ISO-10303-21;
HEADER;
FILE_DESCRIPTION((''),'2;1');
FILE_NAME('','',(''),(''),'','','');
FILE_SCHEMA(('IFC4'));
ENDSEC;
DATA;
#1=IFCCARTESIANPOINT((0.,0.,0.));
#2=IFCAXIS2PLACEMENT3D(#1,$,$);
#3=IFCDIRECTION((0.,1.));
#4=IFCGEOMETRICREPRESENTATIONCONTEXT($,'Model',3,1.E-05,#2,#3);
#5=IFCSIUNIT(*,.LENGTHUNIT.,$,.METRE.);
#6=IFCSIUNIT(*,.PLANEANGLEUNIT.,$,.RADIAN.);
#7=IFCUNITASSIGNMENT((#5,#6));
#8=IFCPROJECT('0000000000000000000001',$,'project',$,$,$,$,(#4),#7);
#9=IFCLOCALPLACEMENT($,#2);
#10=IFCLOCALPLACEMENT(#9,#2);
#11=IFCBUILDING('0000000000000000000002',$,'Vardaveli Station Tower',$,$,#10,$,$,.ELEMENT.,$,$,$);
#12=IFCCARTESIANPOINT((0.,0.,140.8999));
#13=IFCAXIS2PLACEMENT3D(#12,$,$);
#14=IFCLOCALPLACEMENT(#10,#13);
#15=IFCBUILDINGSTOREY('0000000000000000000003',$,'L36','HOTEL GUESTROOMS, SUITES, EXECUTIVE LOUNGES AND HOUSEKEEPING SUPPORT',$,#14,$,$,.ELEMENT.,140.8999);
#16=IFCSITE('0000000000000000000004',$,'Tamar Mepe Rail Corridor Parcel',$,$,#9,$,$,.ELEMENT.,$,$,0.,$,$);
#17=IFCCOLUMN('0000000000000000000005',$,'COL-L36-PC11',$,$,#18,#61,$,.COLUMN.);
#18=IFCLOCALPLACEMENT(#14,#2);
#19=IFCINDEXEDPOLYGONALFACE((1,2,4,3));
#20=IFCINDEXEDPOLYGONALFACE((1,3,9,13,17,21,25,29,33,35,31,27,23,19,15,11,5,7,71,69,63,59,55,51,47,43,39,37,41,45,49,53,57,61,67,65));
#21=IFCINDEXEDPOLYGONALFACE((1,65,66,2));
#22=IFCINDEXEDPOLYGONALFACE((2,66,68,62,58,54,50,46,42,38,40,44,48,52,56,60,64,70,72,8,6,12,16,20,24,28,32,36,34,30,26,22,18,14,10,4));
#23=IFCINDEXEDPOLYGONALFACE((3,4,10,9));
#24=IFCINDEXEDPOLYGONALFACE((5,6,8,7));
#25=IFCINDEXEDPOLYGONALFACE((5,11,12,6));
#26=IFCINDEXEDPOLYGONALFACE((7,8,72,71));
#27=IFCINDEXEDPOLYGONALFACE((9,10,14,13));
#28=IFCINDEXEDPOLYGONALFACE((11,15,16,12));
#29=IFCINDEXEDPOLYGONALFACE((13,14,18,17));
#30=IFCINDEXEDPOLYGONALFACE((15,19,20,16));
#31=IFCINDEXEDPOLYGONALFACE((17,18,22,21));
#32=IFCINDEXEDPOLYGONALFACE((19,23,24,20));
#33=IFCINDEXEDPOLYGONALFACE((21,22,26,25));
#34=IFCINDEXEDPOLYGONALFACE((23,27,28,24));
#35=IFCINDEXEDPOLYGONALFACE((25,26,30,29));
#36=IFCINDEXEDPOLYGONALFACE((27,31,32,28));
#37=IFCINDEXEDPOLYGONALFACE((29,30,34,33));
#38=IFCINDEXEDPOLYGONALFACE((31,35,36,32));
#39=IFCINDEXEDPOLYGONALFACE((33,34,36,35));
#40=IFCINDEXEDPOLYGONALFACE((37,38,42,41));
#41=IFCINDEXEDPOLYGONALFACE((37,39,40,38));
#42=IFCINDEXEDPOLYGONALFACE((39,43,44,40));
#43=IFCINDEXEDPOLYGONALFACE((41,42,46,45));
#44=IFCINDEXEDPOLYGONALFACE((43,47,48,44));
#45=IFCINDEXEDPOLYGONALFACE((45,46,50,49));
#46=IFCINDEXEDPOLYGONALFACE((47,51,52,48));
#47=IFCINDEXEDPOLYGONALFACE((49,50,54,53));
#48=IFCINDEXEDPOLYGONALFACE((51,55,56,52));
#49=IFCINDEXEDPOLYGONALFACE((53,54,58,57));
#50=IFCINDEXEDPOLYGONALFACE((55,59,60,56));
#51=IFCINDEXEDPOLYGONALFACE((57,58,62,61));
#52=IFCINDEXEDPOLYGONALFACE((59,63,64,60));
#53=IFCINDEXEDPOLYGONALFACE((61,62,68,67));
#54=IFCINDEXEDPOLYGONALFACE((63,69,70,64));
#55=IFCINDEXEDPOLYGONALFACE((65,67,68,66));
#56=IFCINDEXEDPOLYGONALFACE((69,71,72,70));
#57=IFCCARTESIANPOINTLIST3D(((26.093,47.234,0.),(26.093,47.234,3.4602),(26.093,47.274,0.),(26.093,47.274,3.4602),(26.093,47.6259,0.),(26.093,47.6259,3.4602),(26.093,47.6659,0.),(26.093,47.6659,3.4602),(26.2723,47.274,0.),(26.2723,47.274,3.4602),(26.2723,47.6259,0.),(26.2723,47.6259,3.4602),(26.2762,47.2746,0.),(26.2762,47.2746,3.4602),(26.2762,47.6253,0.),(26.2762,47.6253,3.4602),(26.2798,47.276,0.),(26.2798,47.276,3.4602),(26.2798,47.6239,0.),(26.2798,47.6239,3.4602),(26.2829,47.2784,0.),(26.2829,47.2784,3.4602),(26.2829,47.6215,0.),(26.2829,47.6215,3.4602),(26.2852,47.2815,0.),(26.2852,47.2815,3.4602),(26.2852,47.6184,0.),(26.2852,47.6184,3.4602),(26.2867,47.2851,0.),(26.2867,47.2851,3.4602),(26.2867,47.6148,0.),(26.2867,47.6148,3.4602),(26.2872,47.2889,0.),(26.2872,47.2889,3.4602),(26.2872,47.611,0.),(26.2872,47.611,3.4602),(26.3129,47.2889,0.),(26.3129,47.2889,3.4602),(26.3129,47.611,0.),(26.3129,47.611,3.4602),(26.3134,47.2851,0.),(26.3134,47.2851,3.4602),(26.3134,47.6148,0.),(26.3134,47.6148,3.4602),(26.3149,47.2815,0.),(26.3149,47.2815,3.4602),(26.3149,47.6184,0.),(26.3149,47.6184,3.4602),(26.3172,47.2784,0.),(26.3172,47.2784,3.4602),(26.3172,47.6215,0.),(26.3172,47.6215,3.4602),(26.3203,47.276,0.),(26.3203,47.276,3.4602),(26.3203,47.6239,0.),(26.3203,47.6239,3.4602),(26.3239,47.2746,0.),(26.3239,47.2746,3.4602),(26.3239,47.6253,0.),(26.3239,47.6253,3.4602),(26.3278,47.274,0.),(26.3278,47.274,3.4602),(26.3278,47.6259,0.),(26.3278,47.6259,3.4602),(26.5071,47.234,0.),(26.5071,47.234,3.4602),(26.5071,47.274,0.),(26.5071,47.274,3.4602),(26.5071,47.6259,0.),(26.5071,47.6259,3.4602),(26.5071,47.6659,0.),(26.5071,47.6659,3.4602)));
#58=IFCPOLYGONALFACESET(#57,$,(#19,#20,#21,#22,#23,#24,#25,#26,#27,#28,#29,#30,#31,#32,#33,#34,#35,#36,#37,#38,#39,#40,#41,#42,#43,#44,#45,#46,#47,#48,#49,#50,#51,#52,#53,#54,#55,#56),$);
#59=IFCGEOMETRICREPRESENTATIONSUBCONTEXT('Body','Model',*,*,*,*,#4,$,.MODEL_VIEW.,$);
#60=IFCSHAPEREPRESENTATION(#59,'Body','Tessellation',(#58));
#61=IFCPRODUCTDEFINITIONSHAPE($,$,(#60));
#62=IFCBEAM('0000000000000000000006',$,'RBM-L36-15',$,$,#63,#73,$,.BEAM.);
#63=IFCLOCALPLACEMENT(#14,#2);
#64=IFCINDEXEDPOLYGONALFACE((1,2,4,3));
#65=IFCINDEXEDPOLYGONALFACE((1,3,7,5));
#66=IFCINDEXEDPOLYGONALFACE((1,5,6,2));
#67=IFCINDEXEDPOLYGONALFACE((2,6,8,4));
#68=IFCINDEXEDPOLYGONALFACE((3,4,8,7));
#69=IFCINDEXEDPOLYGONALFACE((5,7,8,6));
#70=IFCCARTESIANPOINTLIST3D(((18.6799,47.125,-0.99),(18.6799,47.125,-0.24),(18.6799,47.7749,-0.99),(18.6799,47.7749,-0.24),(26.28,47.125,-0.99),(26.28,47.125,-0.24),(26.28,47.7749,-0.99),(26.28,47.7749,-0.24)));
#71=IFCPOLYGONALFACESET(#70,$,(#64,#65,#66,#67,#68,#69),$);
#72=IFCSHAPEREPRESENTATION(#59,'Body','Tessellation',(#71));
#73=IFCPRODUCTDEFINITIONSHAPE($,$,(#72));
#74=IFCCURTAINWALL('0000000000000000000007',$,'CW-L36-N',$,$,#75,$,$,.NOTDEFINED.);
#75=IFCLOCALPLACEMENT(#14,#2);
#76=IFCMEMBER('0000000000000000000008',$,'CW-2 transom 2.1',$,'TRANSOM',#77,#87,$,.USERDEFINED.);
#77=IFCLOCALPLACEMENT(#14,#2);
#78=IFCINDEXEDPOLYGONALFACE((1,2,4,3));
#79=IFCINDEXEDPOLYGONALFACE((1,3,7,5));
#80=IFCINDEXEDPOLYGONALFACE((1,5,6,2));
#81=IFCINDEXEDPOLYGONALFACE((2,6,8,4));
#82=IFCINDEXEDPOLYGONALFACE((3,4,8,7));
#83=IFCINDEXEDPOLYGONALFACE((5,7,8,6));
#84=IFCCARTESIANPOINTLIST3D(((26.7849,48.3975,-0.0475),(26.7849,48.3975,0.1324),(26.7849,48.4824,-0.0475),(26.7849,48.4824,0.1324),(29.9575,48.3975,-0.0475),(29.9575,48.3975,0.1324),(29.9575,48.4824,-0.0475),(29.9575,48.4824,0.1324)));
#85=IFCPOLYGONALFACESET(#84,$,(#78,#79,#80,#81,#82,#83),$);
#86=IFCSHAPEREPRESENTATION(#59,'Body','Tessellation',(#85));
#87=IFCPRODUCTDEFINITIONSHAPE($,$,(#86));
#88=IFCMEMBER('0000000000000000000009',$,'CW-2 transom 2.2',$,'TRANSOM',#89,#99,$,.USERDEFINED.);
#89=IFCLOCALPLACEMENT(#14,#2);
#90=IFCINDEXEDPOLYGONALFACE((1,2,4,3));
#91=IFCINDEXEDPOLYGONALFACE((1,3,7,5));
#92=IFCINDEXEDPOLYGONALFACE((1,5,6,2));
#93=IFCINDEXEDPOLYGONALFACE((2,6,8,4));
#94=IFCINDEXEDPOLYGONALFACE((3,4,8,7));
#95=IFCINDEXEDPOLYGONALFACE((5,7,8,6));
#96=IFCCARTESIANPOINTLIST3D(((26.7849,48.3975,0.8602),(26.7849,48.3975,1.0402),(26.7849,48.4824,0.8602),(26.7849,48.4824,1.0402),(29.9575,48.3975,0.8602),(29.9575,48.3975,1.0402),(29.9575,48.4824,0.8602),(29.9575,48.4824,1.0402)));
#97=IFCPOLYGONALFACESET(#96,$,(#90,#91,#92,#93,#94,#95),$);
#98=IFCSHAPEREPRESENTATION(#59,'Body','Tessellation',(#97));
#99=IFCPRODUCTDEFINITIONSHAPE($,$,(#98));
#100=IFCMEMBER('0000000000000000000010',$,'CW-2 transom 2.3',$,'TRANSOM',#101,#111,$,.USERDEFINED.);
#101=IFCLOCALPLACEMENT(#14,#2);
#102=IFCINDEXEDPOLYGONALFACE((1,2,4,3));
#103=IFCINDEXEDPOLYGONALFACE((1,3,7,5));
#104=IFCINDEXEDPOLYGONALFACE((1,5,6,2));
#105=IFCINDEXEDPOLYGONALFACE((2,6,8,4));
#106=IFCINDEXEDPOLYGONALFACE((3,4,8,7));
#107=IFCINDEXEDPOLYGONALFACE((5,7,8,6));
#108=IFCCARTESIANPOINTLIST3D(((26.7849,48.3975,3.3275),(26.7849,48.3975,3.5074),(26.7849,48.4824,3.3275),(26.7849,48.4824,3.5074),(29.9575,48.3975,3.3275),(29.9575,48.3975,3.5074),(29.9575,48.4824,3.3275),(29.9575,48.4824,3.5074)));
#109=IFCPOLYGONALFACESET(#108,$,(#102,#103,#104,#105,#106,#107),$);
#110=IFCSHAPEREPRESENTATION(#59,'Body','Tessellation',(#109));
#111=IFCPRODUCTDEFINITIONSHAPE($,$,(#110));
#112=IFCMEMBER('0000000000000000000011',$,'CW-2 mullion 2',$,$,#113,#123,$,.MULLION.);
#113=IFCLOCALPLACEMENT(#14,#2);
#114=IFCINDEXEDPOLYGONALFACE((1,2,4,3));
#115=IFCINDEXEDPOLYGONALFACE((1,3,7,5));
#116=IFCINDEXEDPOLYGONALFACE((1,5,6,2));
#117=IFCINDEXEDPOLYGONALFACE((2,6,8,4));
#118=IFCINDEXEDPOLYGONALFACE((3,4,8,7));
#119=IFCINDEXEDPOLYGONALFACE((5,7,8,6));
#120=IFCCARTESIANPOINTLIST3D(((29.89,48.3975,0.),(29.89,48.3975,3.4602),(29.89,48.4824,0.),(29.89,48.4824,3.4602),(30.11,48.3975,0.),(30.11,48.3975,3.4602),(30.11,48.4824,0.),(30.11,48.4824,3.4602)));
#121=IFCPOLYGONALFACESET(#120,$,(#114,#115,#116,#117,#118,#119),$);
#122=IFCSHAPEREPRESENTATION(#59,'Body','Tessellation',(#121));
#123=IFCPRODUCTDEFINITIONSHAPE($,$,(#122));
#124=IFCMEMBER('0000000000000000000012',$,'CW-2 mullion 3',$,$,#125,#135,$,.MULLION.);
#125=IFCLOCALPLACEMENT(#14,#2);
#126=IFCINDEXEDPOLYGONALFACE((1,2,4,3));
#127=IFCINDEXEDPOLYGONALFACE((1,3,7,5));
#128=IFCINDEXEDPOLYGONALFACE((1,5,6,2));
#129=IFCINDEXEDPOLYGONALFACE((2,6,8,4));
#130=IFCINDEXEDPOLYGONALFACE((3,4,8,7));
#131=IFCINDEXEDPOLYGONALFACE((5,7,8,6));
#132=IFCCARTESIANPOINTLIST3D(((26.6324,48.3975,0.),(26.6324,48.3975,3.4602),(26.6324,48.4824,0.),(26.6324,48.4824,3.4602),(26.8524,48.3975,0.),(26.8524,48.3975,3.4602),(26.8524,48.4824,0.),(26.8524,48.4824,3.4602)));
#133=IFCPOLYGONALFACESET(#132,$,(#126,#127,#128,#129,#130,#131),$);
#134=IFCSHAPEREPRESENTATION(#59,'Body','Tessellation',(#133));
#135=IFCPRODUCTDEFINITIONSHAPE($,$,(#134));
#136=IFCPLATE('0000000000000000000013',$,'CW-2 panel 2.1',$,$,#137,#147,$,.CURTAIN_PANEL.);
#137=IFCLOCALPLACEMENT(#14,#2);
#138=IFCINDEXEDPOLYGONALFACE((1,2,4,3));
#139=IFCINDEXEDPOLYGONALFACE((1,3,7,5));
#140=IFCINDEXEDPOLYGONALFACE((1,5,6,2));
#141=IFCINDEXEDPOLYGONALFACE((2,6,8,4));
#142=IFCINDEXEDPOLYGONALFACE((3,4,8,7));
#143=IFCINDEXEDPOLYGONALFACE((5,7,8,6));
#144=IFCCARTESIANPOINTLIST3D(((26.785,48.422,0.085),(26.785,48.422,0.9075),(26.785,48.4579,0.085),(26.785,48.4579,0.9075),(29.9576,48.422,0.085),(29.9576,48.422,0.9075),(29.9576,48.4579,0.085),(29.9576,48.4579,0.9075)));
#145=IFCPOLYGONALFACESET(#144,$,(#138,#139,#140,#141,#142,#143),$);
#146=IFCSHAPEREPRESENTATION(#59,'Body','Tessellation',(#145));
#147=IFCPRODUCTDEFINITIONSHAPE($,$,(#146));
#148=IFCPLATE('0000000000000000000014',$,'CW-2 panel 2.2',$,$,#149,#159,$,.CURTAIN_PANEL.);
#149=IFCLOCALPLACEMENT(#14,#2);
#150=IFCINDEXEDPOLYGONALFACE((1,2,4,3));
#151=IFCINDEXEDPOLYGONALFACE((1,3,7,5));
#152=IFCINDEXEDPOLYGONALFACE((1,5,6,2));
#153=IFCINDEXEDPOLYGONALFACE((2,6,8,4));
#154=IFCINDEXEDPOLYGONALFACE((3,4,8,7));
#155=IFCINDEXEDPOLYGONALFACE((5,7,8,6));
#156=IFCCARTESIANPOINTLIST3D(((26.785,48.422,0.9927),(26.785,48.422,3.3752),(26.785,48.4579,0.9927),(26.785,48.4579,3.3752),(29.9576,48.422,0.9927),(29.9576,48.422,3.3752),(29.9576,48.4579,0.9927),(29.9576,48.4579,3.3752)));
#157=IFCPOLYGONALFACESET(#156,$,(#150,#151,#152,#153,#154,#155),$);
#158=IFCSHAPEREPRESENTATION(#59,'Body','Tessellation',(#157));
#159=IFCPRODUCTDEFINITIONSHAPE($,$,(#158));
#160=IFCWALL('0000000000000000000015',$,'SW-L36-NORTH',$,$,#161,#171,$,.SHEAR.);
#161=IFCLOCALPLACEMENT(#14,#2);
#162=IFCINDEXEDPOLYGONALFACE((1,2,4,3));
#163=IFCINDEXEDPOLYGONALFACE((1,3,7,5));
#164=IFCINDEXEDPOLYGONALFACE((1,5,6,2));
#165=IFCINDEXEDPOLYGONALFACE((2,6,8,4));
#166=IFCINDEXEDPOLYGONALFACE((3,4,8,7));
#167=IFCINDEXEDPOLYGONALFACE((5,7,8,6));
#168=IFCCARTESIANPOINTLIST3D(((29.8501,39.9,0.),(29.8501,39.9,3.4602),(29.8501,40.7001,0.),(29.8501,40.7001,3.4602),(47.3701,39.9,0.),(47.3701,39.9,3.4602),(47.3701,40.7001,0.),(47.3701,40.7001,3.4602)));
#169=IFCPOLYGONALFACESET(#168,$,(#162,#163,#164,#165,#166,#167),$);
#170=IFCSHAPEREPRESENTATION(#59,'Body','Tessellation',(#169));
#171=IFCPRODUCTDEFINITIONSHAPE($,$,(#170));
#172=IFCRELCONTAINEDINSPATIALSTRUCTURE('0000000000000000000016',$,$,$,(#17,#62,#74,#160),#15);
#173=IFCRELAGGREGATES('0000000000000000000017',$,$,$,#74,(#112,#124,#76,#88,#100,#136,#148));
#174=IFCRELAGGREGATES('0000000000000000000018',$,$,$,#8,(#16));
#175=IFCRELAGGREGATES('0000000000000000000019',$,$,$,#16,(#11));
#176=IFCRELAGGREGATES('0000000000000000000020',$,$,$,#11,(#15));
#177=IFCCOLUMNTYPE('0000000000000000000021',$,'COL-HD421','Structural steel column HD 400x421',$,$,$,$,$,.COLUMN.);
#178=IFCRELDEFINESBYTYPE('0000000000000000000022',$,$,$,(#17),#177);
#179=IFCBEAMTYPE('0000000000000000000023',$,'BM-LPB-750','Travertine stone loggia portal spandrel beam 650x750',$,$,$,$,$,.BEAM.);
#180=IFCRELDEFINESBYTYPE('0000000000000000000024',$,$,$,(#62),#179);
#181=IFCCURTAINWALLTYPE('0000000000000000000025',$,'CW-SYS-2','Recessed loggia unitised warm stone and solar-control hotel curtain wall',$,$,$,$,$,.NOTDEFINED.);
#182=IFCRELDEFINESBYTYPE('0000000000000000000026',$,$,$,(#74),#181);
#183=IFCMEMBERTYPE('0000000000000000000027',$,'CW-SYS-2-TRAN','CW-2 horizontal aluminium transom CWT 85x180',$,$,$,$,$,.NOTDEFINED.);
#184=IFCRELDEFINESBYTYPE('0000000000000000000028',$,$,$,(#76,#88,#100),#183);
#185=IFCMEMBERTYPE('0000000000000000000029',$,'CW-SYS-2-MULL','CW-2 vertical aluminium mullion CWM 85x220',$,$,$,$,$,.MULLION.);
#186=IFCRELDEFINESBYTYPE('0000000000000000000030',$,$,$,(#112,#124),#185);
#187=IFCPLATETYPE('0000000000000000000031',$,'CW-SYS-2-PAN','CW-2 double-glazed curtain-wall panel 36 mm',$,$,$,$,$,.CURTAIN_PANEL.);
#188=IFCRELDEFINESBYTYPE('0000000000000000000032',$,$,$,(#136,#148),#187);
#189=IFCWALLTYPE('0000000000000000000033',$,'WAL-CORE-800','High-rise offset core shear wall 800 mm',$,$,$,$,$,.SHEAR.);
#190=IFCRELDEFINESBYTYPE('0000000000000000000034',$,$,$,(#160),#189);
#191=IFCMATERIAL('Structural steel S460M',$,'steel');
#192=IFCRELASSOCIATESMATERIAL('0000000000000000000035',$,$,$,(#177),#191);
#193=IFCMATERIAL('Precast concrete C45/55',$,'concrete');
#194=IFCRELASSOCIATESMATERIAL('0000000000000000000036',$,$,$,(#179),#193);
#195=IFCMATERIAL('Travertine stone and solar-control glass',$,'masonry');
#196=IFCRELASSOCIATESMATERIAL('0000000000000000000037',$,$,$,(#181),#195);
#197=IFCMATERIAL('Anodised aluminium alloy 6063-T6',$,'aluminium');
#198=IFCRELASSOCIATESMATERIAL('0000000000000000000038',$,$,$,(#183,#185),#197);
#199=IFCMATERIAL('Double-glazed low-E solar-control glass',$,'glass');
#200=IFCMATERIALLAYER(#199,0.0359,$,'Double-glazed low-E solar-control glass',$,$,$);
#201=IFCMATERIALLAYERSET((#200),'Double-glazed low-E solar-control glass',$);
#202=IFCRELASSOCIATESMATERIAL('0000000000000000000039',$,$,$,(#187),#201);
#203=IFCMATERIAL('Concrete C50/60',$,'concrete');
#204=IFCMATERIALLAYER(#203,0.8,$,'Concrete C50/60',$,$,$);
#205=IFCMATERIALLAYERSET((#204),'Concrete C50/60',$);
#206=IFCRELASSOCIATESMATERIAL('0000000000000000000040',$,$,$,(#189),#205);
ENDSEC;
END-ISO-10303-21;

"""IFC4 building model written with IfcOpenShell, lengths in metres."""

from ifc_helpers import new_model, si_unit, direction, frame, frame_2d, origin, origin_2d, place, context, subcontext, project, spatial, rectangle, i_section, extrude, source, transform, mapped, material, layer, layer_set, material_profile, profile_set, type_object, element, aggregate, save


model = new_model("IFC4")

# Units and contexts
model_context = context("Model", 3, precision=1e-05, world=origin(), true_north=direction((0.0, 1.0)))
body_context = subcontext(model_context, "Body", "Model", "MODEL_VIEW")
ifc_project = project(units=[si_unit("LENGTHUNIT", "METRE"), si_unit("PLANEANGLEUNIT", "RADIAN")], contexts=[model_context])

# Site, building, storey
site_placement = place(None, origin())
site = spatial("IfcSite", under=ifc_project, at=site_placement, Name="Tamar Mepe Rail Corridor Parcel", CompositionType="ELEMENT", RefElevation=0.0)
building_placement = place(site_placement, origin())
building = spatial("IfcBuilding", under=site, at=building_placement, Name="Vardaveli Station Tower", CompositionType="ELEMENT")
storey_placement = place(building_placement, frame((0.0, 0.0, 140.8999)))
storey = spatial("IfcBuildingStorey", under=building, at=storey_placement, Name="L36", Description="HOTEL GUESTROOMS, SUITES, EXECUTIVE LOUNGES AND HOUSEKEEPING SUPPORT", CompositionType="ELEMENT", Elevation=140.8999)

# Column
ifc_material_1 = material(Name="Structural steel S460M", Category="steel")
ifc_material_profile_1 = material_profile(ifc_material_1, i_section(OverallWidth=0.4141, OverallDepth=0.4319, WebThickness=0.0256, FlangeThickness=0.04, FilletRadius=0.0149, at=origin_2d()), Name="HD 400x421")
ifc_profile_set_1 = profile_set([ifc_material_profile_1], Name="Structural steel S460M")
column_type = type_object("IfcColumnType", Name="COL-HD421", Description="Structural steel column HD 400x421", PredefinedType="COLUMN", material=ifc_profile_set_1)
shared_shape_1 = source(origin(), body_context, "Body", "SweptSolid", [
    extrude(i_section(OverallWidth=0.4141, OverallDepth=0.4319, WebThickness=0.0256, FlangeThickness=0.04, FilletRadius=0.0149, at=origin_2d()), origin(), (0.0, 0.0, 1.0), 3.4602),
])
column_placement = place(storey_placement, frame((26.3, 47.45, 0.0), z_axis=(0.0, 0.0, 1.0), x_axis=(1.0, 0.0, 0.0)))
element("IfcColumn", 1, at=column_placement, inside=storey, type_object=column_type, Name="COL-L36-PC11", PredefinedType="COLUMN", context=body_context, shape_type="MappedRepresentation", body=[
    mapped(shared_shape_1, transform((0.0, 0.0, 0.0), scale=1.0)),
])

# Beam
ifc_material_2 = material(Name="Precast concrete C45/55", Category="concrete")
ifc_material_profile_2 = material_profile(ifc_material_2, rectangle(XDim=0.6499, YDim=0.75, at=origin_2d()), Name="LPB 650x750")
ifc_profile_set_2 = profile_set([ifc_material_profile_2], Name="Precast concrete C45/55")
beam_type = type_object("IfcBeamType", Name="BM-LPB-750", Description="Travertine stone loggia portal spandrel beam 650x750", PredefinedType="BEAM", material=ifc_profile_set_2)
shared_shape_2 = source(origin(), body_context, "Body", "SweptSolid", [
    extrude(rectangle(XDim=0.6499, YDim=0.75, at=origin_2d()), origin(), (0.0, 0.0, 1.0), 7.6001),
])
beam_placement = place(storey_placement, frame((26.28, 47.45, -0.615), z_axis=(-1.0, 0.0, 0.0), x_axis=(0.0, -1.0, 0.0)))
element("IfcBeam", 2, at=beam_placement, inside=storey, type_object=beam_type, Name="RBM-L36-15", PredefinedType="BEAM", context=body_context, shape_type="MappedRepresentation", body=[
    mapped(shared_shape_2, transform((0.0, 0.0, 0.0), scale=1.0)),
])

# Curtain wall, members, plates
ifc_material_3 = material(Name="Travertine stone and solar-control glass", Category="masonry")
curtain_wall_type = type_object("IfcCurtainWallType", Name="CW-SYS-2", Description="Recessed loggia unitised warm stone and solar-control hotel curtain wall", PredefinedType="NOTDEFINED", material=ifc_material_3)
curtain_wall_placement = place(storey_placement, origin())
curtain_wall = element("IfcCurtainWall", 3, at=curtain_wall_placement, inside=storey, type_object=curtain_wall_type, Name="CW-L36-N", PredefinedType="NOTDEFINED")
ifc_material_4 = material(Name="Anodised aluminium alloy 6063-T6", Category="aluminium")
ifc_material_profile_3 = material_profile(ifc_material_4, rectangle(XDim=0.085, YDim=0.1799, at=origin_2d()), Name="CWT 85x180")
ifc_profile_set_3 = profile_set([ifc_material_profile_3], Name="Anodised aluminium alloy 6063-T6")
member_type_1 = type_object("IfcMemberType", Name="CW-SYS-2-TRAN", Description="CW-2 horizontal aluminium transom CWT 85x180", PredefinedType="NOTDEFINED", material=ifc_profile_set_3)
shared_shape_3 = source(origin(), body_context, "Body", "SweptSolid", [
    extrude(rectangle(XDim=0.085, YDim=0.1799, at=origin_2d()), origin(), (0.0, 0.0, 1.0), 3.1726),
])
member_1_placement = place(storey_placement, frame((29.9575, 48.4399, 0.0425), z_axis=(-1.0, 0.0, 0.0), x_axis=(0.0, -1.0, 0.0)))
member_1 = element("IfcMember", 4, at=member_1_placement, type_object=member_type_1, Name="CW-2 transom 2.1", ObjectType="TRANSOM", PredefinedType="USERDEFINED", context=body_context, shape_type="MappedRepresentation", body=[
    mapped(shared_shape_3, transform((0.0, 0.0, 0.0), scale=1.0)),
])
member_2_placement = place(storey_placement, frame((29.9575, 48.4399, 0.9502), z_axis=(-1.0, 0.0, 0.0), x_axis=(0.0, -1.0, 0.0)))
member_2 = element("IfcMember", 5, at=member_2_placement, type_object=member_type_1, Name="CW-2 transom 2.2", ObjectType="TRANSOM", PredefinedType="USERDEFINED", context=body_context, shape_type="MappedRepresentation", body=[
    mapped(shared_shape_3, transform((0.0, 0.0, 0.0), scale=1.0)),
])
member_3_placement = place(storey_placement, frame((29.9575, 48.4399, 3.4175), z_axis=(-1.0, 0.0, 0.0), x_axis=(0.0, -1.0, 0.0)))
member_3 = element("IfcMember", 6, at=member_3_placement, type_object=member_type_1, Name="CW-2 transom 2.3", ObjectType="TRANSOM", PredefinedType="USERDEFINED", context=body_context, shape_type="MappedRepresentation", body=[
    mapped(shared_shape_3, transform((0.0, 0.0, 0.0), scale=1.0)),
])
ifc_material_profile_4 = material_profile(ifc_material_4, rectangle(XDim=0.085, YDim=0.22, at=origin_2d()), Name="CWM 85x220")
ifc_profile_set_4 = profile_set([ifc_material_profile_4], Name="Anodised aluminium alloy 6063-T6")
member_type_2 = type_object("IfcMemberType", Name="CW-SYS-2-MULL", Description="CW-2 vertical aluminium mullion CWM 85x220", PredefinedType="MULLION", material=ifc_profile_set_4)
shared_shape_4 = source(origin(), body_context, "Body", "SweptSolid", [
    extrude(rectangle(XDim=0.085, YDim=0.22, at=origin_2d()), origin(), (0.0, 0.0, 1.0), 3.4602),
])
member_4_placement = place(storey_placement, frame((30.0, 48.4399, 0.0), z_axis=(0.0, 0.0, 1.0), x_axis=(0.0, -1.0, 0.0)))
member_4 = element("IfcMember", 7, at=member_4_placement, type_object=member_type_2, Name="CW-2 mullion 2", PredefinedType="MULLION", context=body_context, shape_type="MappedRepresentation", body=[
    mapped(shared_shape_4, transform((0.0, 0.0, 0.0), scale=1.0)),
])
member_5_placement = place(storey_placement, frame((26.7424, 48.4399, 0.0), z_axis=(0.0, 0.0, 1.0), x_axis=(0.0, -1.0, 0.0)))
member_5 = element("IfcMember", 8, at=member_5_placement, type_object=member_type_2, Name="CW-2 mullion 3", PredefinedType="MULLION", context=body_context, shape_type="MappedRepresentation", body=[
    mapped(shared_shape_4, transform((0.0, 0.0, 0.0), scale=1.0)),
])
ifc_material_5 = material(Name="Double-glazed low-E solar-control glass", Category="glass")
ifc_layer_1 = layer(ifc_material_5, 0.0359, Name="Double-glazed low-E solar-control glass")
ifc_layer_set_1 = layer_set([ifc_layer_1], Name="Double-glazed low-E solar-control glass")
plate_type = type_object("IfcPlateType", Name="CW-SYS-2-PAN", Description="CW-2 double-glazed curtain-wall panel 36 mm", PredefinedType="CURTAIN_PANEL", material=ifc_layer_set_1)
shared_shape_5 = source(origin(), body_context, "Body", "SweptSolid", [
    extrude(rectangle(XDim=3.1726, YDim=0.0359, at=origin_2d()), origin(), (0.0, 0.0, 1.0), 0.8225),
])
plate_1_placement = place(storey_placement, frame((28.3713, 48.4399, 0.085), z_axis=(0.0, 0.0, 1.0), x_axis=(-1.0, 0.0, 0.0)))
plate_1 = element("IfcPlate", 9, at=plate_1_placement, type_object=plate_type, Name="CW-2 panel 2.1", PredefinedType="CURTAIN_PANEL", context=body_context, shape_type="MappedRepresentation", body=[
    mapped(shared_shape_5, transform((0.0, 0.0, 0.0), scale=1.0)),
])
shared_shape_6 = source(origin(), body_context, "Body", "SweptSolid", [
    extrude(rectangle(XDim=3.1726, YDim=0.0359, at=origin_2d()), origin(), (0.0, 0.0, 1.0), 2.3826),
])
plate_2_placement = place(storey_placement, frame((28.3713, 48.4399, 0.9927), z_axis=(0.0, 0.0, 1.0), x_axis=(-1.0, 0.0, 0.0)))
plate_2 = element("IfcPlate", 10, at=plate_2_placement, type_object=plate_type, Name="CW-2 panel 2.2", PredefinedType="CURTAIN_PANEL", context=body_context, shape_type="MappedRepresentation", body=[
    mapped(shared_shape_6, transform((0.0, 0.0, 0.0), scale=1.0)),
])
aggregate(curtain_wall, [member_4, member_5, member_1, member_2, member_3, plate_1, plate_2])

# Wall
ifc_material_6 = material(Name="Concrete C50/60", Category="concrete")
ifc_layer_2 = layer(ifc_material_6, 0.8, Name="Concrete C50/60")
ifc_layer_set_2 = layer_set([ifc_layer_2], Name="Concrete C50/60")
wall_type_1 = type_object("IfcWallType", Name="WAL-CORE-800", Description="High-rise offset core shear wall 800 mm", PredefinedType="SHEAR", material=ifc_layer_set_2)
shared_shape_7 = source(origin(), body_context, "Body", "SweptSolid", [
    extrude(rectangle(XDim=17.52, YDim=0.8, at=frame_2d((8.76, 0.0))), origin(), (0.0, 0.0, 1.0), 3.4602),
])
wall_1_placement = place(storey_placement, frame((29.8501, 40.3, 0.0), z_axis=(0.0, 0.0, 1.0), x_axis=(1.0, 0.0, 0.0)))
element("IfcWall", 11, at=wall_1_placement, inside=storey, type_object=wall_type_1, Name="SW-L36-NORTH", PredefinedType="SHEAR", context=body_context, shape_type="MappedRepresentation", body=[
    mapped(shared_shape_7, transform((0.0, 0.0, 0.0), scale=1.0)),
])

save(model, "model.ifc")
